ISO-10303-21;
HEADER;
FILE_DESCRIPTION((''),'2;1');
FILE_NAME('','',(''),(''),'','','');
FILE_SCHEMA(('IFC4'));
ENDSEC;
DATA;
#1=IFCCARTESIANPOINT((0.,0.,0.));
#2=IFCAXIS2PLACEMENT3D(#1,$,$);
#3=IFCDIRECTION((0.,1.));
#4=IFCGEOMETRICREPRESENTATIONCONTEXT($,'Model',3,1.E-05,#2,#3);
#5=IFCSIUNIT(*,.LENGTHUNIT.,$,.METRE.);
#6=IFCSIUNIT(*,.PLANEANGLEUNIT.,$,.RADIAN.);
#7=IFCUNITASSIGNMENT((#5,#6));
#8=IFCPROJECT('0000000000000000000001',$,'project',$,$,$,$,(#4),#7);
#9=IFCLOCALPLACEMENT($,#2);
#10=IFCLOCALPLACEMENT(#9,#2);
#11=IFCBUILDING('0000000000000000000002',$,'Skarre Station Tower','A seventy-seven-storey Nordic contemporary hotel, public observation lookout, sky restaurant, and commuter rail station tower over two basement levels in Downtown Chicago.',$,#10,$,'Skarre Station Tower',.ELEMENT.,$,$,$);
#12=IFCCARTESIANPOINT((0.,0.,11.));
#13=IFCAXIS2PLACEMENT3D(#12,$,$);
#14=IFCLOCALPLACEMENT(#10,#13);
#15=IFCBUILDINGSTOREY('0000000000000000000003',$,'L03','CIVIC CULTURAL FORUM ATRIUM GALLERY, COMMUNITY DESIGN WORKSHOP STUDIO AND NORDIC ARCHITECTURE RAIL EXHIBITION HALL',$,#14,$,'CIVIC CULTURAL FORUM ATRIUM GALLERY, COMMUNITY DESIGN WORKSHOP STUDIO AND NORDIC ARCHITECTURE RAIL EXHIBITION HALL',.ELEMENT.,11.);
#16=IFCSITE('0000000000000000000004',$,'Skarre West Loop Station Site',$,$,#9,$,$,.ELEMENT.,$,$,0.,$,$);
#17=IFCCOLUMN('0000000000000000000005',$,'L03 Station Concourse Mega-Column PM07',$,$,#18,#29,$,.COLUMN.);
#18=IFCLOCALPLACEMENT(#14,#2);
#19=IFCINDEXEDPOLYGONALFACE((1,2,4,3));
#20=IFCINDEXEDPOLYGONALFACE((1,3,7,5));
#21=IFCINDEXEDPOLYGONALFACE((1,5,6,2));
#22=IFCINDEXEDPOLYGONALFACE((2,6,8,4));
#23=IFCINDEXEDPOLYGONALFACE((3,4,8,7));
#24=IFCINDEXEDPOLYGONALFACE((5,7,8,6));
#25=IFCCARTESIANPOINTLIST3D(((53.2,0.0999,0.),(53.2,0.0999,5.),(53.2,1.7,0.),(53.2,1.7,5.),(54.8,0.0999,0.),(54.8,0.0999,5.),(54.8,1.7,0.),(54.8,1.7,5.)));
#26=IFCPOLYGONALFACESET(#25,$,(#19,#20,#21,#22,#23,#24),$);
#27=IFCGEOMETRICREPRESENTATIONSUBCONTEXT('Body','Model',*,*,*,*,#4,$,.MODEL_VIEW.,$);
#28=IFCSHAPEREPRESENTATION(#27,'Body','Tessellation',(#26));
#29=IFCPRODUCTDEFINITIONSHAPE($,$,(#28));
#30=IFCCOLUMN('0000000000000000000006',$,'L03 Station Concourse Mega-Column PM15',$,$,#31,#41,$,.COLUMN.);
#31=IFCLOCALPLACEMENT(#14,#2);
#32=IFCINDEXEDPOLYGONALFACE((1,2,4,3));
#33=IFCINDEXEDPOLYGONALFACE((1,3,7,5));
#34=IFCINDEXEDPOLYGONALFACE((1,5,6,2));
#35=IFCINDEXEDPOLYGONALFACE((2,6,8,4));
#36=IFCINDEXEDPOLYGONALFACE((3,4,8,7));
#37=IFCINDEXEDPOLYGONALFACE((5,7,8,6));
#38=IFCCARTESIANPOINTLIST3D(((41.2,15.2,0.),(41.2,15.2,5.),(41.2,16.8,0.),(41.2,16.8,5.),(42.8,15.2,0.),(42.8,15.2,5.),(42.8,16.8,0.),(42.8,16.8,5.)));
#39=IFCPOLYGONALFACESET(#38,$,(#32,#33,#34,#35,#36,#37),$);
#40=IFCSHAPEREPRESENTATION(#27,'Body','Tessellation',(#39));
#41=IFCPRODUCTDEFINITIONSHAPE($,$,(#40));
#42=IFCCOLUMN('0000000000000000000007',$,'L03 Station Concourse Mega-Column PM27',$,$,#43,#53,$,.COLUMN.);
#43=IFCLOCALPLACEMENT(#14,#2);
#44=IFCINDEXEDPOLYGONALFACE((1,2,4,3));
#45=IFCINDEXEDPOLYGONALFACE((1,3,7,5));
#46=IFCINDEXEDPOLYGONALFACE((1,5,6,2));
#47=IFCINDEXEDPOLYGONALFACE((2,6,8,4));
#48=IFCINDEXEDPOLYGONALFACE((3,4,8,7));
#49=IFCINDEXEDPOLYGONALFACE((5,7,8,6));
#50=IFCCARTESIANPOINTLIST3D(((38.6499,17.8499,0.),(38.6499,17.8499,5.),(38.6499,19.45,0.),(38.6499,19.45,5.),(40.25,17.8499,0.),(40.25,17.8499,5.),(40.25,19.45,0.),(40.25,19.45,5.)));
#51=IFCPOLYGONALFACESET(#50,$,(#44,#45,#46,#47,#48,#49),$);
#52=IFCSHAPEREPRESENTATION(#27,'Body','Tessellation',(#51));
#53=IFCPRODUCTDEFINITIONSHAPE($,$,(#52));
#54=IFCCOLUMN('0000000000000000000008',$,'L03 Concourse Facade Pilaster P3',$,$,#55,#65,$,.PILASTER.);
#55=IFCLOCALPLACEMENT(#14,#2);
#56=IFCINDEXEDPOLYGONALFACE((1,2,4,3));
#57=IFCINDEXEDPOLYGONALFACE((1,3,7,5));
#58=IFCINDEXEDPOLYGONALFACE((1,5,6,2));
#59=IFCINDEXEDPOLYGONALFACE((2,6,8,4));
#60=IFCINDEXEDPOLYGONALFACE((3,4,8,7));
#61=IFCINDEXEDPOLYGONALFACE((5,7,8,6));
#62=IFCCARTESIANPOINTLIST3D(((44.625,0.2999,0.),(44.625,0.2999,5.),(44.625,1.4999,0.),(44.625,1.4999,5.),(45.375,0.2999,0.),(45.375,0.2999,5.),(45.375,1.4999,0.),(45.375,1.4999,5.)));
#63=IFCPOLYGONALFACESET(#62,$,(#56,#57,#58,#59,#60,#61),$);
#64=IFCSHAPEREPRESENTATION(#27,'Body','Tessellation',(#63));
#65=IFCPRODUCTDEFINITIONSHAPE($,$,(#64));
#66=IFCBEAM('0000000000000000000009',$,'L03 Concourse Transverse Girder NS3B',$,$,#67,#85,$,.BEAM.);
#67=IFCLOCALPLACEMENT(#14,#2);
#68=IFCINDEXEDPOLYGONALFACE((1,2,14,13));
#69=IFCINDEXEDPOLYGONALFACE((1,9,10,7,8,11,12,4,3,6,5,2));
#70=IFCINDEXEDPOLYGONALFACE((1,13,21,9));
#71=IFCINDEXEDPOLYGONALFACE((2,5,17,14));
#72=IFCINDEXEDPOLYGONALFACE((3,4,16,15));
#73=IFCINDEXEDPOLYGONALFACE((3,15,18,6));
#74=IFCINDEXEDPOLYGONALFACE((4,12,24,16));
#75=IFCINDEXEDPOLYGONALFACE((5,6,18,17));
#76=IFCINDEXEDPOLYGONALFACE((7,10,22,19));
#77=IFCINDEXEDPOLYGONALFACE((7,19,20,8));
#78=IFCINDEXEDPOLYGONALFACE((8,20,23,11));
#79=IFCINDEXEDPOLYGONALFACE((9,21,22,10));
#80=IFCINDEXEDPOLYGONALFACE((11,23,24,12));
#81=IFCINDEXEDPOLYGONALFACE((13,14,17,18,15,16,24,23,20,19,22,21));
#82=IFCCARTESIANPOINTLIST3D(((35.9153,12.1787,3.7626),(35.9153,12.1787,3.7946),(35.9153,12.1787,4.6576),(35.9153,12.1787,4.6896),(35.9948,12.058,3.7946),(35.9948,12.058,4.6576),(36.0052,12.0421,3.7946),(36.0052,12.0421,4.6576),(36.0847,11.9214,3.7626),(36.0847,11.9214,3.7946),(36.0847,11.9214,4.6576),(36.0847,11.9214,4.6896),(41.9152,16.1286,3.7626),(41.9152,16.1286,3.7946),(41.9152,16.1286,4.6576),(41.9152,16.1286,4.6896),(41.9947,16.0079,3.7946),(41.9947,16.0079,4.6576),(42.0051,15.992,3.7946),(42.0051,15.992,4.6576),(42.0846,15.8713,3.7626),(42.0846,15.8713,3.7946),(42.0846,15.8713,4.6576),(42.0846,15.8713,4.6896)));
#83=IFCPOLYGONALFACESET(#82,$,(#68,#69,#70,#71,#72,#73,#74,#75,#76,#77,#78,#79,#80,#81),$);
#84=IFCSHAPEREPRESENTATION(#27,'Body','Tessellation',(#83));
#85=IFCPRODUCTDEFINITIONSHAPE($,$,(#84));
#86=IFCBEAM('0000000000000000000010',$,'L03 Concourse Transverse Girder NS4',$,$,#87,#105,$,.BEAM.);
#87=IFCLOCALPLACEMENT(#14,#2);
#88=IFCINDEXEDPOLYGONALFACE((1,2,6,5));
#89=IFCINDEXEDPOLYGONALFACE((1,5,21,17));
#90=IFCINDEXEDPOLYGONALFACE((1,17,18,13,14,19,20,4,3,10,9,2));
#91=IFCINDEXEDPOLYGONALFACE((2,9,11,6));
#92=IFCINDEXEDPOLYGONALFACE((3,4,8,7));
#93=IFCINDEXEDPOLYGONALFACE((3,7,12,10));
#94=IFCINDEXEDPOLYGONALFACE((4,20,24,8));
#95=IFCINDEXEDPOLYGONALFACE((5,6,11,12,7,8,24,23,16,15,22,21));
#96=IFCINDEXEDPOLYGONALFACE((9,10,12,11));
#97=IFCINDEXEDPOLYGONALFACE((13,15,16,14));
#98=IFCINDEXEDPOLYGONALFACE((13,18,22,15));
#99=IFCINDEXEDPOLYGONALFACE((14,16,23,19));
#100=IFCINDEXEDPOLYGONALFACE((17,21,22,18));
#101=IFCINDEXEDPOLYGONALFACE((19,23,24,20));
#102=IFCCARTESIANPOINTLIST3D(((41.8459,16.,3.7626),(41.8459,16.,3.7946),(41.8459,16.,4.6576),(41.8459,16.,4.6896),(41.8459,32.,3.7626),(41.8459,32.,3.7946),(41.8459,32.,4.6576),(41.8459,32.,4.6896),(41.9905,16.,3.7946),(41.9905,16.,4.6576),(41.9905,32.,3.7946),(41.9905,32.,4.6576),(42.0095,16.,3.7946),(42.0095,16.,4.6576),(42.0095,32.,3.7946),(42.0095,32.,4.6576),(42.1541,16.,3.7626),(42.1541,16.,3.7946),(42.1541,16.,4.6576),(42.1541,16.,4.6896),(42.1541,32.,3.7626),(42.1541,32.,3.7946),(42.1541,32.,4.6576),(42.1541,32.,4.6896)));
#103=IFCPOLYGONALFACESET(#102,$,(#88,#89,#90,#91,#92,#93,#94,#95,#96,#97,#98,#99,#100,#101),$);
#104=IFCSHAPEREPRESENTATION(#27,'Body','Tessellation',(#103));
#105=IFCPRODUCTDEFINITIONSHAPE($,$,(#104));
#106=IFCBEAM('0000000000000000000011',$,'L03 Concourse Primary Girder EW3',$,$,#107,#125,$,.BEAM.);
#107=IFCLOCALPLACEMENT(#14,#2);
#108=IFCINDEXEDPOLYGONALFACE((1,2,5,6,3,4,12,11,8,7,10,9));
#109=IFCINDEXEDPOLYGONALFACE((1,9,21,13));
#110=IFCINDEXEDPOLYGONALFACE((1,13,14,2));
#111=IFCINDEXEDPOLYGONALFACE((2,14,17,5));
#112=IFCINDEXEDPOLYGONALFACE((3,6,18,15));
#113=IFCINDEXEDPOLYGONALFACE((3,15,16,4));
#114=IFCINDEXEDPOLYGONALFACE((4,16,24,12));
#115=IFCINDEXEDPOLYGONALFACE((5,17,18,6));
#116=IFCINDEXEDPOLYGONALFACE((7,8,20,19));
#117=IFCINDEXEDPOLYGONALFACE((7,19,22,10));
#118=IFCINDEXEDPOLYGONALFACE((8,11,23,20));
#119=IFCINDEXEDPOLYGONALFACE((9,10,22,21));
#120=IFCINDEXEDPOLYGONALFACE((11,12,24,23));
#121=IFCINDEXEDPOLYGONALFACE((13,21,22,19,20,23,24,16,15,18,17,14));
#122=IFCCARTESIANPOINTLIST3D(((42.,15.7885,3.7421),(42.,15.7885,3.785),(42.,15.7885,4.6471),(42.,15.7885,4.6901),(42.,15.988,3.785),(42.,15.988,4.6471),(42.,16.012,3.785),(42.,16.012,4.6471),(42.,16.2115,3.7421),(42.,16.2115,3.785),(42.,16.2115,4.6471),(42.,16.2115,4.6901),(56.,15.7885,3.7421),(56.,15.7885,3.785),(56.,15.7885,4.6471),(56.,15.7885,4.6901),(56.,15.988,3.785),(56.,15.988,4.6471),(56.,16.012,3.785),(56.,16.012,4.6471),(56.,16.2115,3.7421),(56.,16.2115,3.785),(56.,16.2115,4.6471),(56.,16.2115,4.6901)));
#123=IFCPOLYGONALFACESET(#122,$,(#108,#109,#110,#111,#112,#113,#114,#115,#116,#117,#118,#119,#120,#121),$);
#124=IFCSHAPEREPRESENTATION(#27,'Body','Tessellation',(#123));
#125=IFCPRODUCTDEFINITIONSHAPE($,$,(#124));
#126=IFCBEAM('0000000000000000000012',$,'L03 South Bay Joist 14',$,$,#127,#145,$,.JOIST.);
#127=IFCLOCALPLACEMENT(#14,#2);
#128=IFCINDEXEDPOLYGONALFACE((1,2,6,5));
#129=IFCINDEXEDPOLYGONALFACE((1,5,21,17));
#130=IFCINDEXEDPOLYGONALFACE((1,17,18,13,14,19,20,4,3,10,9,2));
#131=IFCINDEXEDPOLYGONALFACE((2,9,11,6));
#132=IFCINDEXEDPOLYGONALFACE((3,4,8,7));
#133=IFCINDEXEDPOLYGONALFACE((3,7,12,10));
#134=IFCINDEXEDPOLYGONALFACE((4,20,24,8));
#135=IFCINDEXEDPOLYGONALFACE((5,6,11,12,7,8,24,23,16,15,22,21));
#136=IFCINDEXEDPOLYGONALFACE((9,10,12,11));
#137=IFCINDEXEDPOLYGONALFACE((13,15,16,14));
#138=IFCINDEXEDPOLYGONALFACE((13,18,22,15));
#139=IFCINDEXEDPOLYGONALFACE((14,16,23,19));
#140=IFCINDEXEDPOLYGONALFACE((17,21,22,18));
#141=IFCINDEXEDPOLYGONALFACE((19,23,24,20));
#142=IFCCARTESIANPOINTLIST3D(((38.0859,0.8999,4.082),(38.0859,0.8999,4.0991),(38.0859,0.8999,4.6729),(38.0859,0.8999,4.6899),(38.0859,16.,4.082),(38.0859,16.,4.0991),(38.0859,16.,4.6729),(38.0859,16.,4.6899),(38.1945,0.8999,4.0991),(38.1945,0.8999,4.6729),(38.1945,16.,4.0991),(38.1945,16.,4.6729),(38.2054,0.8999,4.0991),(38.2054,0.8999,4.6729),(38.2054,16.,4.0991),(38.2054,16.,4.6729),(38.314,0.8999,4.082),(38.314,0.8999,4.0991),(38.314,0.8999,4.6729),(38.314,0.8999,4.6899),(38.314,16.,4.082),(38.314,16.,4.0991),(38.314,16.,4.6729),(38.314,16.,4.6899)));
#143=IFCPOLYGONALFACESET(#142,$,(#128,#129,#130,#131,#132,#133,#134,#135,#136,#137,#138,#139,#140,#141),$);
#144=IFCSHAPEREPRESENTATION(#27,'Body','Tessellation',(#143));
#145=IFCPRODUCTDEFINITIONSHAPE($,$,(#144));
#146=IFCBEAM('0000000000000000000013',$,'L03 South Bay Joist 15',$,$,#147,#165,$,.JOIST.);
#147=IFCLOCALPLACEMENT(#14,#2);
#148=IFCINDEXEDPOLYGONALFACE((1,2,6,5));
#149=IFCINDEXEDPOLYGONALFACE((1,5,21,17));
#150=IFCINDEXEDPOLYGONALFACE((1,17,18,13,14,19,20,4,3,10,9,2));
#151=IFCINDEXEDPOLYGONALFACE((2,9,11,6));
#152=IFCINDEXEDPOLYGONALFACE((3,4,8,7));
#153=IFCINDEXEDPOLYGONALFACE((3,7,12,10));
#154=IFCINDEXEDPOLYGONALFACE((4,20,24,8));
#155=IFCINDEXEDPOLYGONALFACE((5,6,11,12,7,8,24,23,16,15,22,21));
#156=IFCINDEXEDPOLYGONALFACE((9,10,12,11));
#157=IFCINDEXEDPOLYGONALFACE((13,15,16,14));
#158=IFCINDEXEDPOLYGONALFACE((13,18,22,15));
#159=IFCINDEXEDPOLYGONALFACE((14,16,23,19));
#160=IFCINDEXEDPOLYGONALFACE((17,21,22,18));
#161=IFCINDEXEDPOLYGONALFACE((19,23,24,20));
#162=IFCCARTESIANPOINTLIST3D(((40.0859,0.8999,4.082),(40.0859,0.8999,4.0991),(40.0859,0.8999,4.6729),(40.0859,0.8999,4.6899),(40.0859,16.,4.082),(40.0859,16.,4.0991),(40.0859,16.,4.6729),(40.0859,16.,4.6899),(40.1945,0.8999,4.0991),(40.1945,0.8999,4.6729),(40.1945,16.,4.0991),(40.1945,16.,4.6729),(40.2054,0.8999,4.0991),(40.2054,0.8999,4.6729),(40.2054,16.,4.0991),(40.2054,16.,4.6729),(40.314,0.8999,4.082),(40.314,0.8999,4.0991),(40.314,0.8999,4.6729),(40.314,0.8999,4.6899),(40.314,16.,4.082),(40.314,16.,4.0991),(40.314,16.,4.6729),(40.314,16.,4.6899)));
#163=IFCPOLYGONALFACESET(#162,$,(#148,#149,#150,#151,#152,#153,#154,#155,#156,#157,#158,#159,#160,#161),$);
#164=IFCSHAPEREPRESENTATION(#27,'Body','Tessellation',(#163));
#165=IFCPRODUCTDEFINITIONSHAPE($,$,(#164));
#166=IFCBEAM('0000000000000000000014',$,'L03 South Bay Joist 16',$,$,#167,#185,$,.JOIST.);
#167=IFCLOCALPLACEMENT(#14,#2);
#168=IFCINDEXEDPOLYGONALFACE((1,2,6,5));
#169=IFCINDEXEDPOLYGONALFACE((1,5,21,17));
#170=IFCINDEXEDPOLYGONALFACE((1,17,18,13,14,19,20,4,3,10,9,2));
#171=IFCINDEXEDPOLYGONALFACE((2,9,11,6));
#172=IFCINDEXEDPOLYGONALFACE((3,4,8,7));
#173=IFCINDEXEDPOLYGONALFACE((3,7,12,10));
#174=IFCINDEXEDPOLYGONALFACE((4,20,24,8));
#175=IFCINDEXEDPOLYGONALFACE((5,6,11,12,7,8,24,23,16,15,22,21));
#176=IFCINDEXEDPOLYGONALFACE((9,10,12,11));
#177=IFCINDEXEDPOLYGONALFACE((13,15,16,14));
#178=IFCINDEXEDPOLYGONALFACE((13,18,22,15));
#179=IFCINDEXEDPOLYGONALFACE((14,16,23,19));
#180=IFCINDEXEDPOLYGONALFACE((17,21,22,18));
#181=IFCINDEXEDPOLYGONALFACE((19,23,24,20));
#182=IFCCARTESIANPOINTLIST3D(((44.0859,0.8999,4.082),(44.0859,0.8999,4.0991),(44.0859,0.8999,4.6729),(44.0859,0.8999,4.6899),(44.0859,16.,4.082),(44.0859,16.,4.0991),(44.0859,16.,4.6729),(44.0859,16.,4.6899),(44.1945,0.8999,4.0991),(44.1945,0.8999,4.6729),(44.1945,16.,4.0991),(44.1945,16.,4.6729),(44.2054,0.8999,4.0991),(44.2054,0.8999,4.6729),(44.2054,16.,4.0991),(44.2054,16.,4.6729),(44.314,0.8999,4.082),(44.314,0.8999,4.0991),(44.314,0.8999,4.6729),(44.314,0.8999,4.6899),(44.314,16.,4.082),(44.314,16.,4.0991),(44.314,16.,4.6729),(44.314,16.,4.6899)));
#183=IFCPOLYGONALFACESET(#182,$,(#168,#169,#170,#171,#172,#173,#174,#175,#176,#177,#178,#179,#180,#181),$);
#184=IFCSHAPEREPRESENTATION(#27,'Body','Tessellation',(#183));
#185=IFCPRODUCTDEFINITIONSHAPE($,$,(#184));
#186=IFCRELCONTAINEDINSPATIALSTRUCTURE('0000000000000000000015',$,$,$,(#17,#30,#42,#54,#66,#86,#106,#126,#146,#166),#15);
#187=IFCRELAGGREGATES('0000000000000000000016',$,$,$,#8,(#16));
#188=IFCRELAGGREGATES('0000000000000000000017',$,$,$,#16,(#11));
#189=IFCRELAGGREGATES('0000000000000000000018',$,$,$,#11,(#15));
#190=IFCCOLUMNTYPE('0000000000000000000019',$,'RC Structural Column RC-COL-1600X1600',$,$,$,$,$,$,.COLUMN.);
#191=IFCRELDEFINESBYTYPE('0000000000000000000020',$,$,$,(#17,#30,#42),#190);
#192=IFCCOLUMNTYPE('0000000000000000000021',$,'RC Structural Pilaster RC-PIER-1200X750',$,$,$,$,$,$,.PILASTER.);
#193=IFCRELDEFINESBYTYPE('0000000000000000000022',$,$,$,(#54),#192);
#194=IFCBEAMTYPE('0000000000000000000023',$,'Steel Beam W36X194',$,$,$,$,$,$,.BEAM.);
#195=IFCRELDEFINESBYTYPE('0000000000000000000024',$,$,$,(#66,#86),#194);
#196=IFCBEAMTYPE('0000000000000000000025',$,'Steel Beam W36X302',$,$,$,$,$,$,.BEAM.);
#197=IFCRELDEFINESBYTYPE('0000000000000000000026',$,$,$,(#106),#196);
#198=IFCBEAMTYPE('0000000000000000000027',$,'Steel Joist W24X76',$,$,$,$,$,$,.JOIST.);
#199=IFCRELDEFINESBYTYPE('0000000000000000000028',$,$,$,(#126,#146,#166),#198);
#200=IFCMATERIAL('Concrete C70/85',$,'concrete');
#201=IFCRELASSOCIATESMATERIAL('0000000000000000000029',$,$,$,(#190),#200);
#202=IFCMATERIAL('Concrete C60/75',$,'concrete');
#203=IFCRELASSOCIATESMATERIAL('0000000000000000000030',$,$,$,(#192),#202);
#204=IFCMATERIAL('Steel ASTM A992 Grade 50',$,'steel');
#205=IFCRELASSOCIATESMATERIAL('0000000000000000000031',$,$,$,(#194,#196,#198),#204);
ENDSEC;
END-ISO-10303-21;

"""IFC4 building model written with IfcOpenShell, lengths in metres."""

from ifc_helpers import new_model, si_unit, direction, frame, origin, origin_2d, place, context, subcontext, project, spatial, rectangle, i_section, extrude, material, material_profile, profile_set, type_object, element, save


model = new_model("IFC4")

# Units and contexts
model_context = context("Model", 3, precision=1e-05, world=origin(), true_north=direction((0.0, 1.0)))
body_context = subcontext(model_context, "Body", "Model", "MODEL_VIEW")
ifc_project = project(units=[si_unit("LENGTHUNIT", "METRE"), si_unit("PLANEANGLEUNIT", "RADIAN")], contexts=[model_context])

# Site, building, storey
site_placement = place(None, origin())
site = spatial("IfcSite", under=ifc_project, at=site_placement, Name="Skarre West Loop Station Site", CompositionType="ELEMENT", RefElevation=0.0)
building_placement = place(site_placement, origin())
building = spatial("IfcBuilding", under=site, at=building_placement, Name="Skarre Station Tower", Description="A seventy-seven-storey Nordic contemporary hotel, public observation lookout, sky restaurant, and commuter rail station tower over two basement levels in Downtown Chicago.", LongName="Skarre Station Tower", CompositionType="ELEMENT")
storey_placement = place(building_placement, frame((0.0, 0.0, 11.0)))
storey = spatial("IfcBuildingStorey", under=building, at=storey_placement, Name="L03", Description="CIVIC CULTURAL FORUM ATRIUM GALLERY, COMMUNITY DESIGN WORKSHOP STUDIO AND NORDIC ARCHITECTURE RAIL EXHIBITION HALL", LongName="CIVIC CULTURAL FORUM ATRIUM GALLERY, COMMUNITY DESIGN WORKSHOP STUDIO AND NORDIC ARCHITECTURE RAIL EXHIBITION HALL", CompositionType="ELEMENT", Elevation=11.0)

# Columns
ifc_material_1 = material(Name="Concrete C70/85", Category="concrete")
ifc_material_profile_1 = material_profile(ifc_material_1, rectangle(XDim=1.6001, YDim=1.6001, at=origin_2d()), Name="Concrete C70/85")
ifc_profile_set_1 = profile_set([ifc_material_profile_1], Name="Concrete C70/85")
column_type_1 = type_object("IfcColumnType", Name="RC Structural Column RC-COL-1600X1600", PredefinedType="COLUMN", material=ifc_profile_set_1)
for number, where, z_axis, x_axis, name in (
    (1, (54.0, 0.8999, 0.0), (0.0, 0.0, 1.0), (1.0, 0.0, 0.0), "L03 Station Concourse Mega-Column PM07"),
    (2, (42.0, 16.0, 0.0), (0.0, 0.0, 1.0), (1.0, 0.0, 0.0), "L03 Station Concourse Mega-Column PM15"),
    (3, (39.45, 18.6499, 0.0), (0.0, 0.0, 1.0), (1.0, 0.0, 0.0), "L03 Station Concourse Mega-Column PM27"),
):
    element("IfcColumn", number, at=place(storey_placement, frame(where, z_axis=z_axis, x_axis=x_axis)), inside=storey, type_object=column_type_1, Name=name, PredefinedType="COLUMN", context=body_context, shape_type="SweptSolid", body=[
        extrude(rectangle(XDim=1.6001, YDim=1.6001, at=origin_2d()), origin(), (0.0, 0.0, 1.0), 5.0),
    ])
ifc_material_2 = material(Name="Concrete C60/75", Category="concrete")
ifc_material_profile_2 = material_profile(ifc_material_2, rectangle(XDim=0.75, YDim=1.2, at=origin_2d()), Name="Concrete C60/75")
ifc_profile_set_2 = profile_set([ifc_material_profile_2], Name="Concrete C60/75")
column_type_2 = type_object("IfcColumnType", Name="RC Structural Pilaster RC-PIER-1200X750", PredefinedType="PILASTER", material=ifc_profile_set_2)
column_placement = place(storey_placement, frame((45.0, 0.8999, 0.0), z_axis=(0.0, 0.0, 1.0), x_axis=(1.0, 0.0, 0.0)))
element("IfcColumn", 4, at=column_placement, inside=storey, type_object=column_type_2, Name="L03 Concourse Facade Pilaster P3", PredefinedType="PILASTER", context=body_context, shape_type="SweptSolid", body=[
    extrude(rectangle(XDim=0.75, YDim=1.2, at=origin_2d()), origin(), (0.0, 0.0, 1.0), 5.0),
])

# Beams
ifc_material_3 = material(Name="Steel ASTM A992 Grade 50", Category="steel")
ifc_material_profile_3 = material_profile(ifc_material_3, i_section(OverallWidth=0.3081, OverallDepth=0.927, WebThickness=0.019, FlangeThickness=0.032, at=origin_2d()), Name="Steel ASTM A992 Grade 50")
ifc_profile_set_3 = profile_set([ifc_material_profile_3], Name="Steel ASTM A992 Grade 50")
beam_type_1 = type_object("IfcBeamType", Name="Steel Beam W36X194", PredefinedType="BEAM", material=ifc_profile_set_3)
beam_1_placement = place(storey_placement, frame((36.0, 12.05, 4.2261), z_axis=(0.835252, 0.549867, 0.0), x_axis=(-0.549867, 0.835252, 0.0)))
element("IfcBeam", 5, at=beam_1_placement, inside=storey, type_object=beam_type_1, Name="L03 Concourse Transverse Girder NS3B", PredefinedType="BEAM", context=body_context, shape_type="SweptSolid", body=[
    extrude(i_section(OverallWidth=0.3081, OverallDepth=0.927, WebThickness=0.019, FlangeThickness=0.032, at=origin_2d()), origin(), (0.0, 0.0, 1.0), 7.1833),
])
beam_2_placement = place(storey_placement, frame((42.0, 16.0, 4.2261), z_axis=(0.0, 1.0, 0.0), x_axis=(-1.0, 0.0, 0.0)))
element("IfcBeam", 6, at=beam_2_placement, inside=storey, type_object=beam_type_1, Name="L03 Concourse Transverse Girder NS4", PredefinedType="BEAM", context=body_context, shape_type="SweptSolid", body=[
    extrude(i_section(OverallWidth=0.3081, OverallDepth=0.927, WebThickness=0.019, FlangeThickness=0.032, at=origin_2d()), origin(), (0.0, 0.0, 1.0), 16.0),
])
ifc_material_profile_4 = material_profile(ifc_material_3, i_section(OverallWidth=0.4231, OverallDepth=0.948, WebThickness=0.0239, FlangeThickness=0.043, at=origin_2d()), Name="Steel ASTM A992 Grade 50")
ifc_profile_set_4 = profile_set([ifc_material_profile_4], Name="Steel ASTM A992 Grade 50")
beam_type_2 = type_object("IfcBeamType", Name="Steel Beam W36X302", PredefinedType="BEAM", material=ifc_profile_set_4)
beam_3_placement = place(storey_placement, frame((42.0, 16.0, 4.2161), z_axis=(1.0, 0.0, 0.0), x_axis=(0.0, 1.0, 0.0)))
element("IfcBeam", 7, at=beam_3_placement, inside=storey, type_object=beam_type_2, Name="L03 Concourse Primary Girder EW3", PredefinedType="BEAM", context=body_context, shape_type="SweptSolid", body=[
    extrude(i_section(OverallWidth=0.4231, OverallDepth=0.948, WebThickness=0.0239, FlangeThickness=0.043, at=origin_2d()), origin(), (0.0, 0.0, 1.0), 14.0),
])
ifc_material_profile_5 = material_profile(ifc_material_3, i_section(OverallWidth=0.228, OverallDepth=0.6079, WebThickness=0.011, FlangeThickness=0.0171, at=origin_2d()), Name="Steel ASTM A992 Grade 50")
ifc_profile_set_5 = profile_set([ifc_material_profile_5], Name="Steel ASTM A992 Grade 50")
beam_type_3 = type_object("IfcBeamType", Name="Steel Joist W24X76", PredefinedType="JOIST", material=ifc_profile_set_5)
for number, where, z_axis, x_axis, name in (
    (8, (38.2, 0.8999, 4.386), (0.0, 1.0, 0.0), (-1.0, 0.0, 0.0), "L03 South Bay Joist 14"),
    (9, (40.2, 0.8999, 4.386), (0.0, 1.0, 0.0), (-1.0, 0.0, 0.0), "L03 South Bay Joist 15"),
    (10, (44.2, 0.8999, 4.386), (0.0, 1.0, 0.0), (-1.0, 0.0, 0.0), "L03 South Bay Joist 16"),
):
    element("IfcBeam", number, at=place(storey_placement, frame(where, z_axis=z_axis, x_axis=x_axis)), inside=storey, type_object=beam_type_3, Name=name, PredefinedType="JOIST", context=body_context, shape_type="SweptSolid", body=[
        extrude(i_section(OverallWidth=0.228, OverallDepth=0.6079, WebThickness=0.011, FlangeThickness=0.0171, at=origin_2d()), origin(), (0.0, 0.0, 1.0), 15.1001),
    ])

save(model, "model.ifc")
